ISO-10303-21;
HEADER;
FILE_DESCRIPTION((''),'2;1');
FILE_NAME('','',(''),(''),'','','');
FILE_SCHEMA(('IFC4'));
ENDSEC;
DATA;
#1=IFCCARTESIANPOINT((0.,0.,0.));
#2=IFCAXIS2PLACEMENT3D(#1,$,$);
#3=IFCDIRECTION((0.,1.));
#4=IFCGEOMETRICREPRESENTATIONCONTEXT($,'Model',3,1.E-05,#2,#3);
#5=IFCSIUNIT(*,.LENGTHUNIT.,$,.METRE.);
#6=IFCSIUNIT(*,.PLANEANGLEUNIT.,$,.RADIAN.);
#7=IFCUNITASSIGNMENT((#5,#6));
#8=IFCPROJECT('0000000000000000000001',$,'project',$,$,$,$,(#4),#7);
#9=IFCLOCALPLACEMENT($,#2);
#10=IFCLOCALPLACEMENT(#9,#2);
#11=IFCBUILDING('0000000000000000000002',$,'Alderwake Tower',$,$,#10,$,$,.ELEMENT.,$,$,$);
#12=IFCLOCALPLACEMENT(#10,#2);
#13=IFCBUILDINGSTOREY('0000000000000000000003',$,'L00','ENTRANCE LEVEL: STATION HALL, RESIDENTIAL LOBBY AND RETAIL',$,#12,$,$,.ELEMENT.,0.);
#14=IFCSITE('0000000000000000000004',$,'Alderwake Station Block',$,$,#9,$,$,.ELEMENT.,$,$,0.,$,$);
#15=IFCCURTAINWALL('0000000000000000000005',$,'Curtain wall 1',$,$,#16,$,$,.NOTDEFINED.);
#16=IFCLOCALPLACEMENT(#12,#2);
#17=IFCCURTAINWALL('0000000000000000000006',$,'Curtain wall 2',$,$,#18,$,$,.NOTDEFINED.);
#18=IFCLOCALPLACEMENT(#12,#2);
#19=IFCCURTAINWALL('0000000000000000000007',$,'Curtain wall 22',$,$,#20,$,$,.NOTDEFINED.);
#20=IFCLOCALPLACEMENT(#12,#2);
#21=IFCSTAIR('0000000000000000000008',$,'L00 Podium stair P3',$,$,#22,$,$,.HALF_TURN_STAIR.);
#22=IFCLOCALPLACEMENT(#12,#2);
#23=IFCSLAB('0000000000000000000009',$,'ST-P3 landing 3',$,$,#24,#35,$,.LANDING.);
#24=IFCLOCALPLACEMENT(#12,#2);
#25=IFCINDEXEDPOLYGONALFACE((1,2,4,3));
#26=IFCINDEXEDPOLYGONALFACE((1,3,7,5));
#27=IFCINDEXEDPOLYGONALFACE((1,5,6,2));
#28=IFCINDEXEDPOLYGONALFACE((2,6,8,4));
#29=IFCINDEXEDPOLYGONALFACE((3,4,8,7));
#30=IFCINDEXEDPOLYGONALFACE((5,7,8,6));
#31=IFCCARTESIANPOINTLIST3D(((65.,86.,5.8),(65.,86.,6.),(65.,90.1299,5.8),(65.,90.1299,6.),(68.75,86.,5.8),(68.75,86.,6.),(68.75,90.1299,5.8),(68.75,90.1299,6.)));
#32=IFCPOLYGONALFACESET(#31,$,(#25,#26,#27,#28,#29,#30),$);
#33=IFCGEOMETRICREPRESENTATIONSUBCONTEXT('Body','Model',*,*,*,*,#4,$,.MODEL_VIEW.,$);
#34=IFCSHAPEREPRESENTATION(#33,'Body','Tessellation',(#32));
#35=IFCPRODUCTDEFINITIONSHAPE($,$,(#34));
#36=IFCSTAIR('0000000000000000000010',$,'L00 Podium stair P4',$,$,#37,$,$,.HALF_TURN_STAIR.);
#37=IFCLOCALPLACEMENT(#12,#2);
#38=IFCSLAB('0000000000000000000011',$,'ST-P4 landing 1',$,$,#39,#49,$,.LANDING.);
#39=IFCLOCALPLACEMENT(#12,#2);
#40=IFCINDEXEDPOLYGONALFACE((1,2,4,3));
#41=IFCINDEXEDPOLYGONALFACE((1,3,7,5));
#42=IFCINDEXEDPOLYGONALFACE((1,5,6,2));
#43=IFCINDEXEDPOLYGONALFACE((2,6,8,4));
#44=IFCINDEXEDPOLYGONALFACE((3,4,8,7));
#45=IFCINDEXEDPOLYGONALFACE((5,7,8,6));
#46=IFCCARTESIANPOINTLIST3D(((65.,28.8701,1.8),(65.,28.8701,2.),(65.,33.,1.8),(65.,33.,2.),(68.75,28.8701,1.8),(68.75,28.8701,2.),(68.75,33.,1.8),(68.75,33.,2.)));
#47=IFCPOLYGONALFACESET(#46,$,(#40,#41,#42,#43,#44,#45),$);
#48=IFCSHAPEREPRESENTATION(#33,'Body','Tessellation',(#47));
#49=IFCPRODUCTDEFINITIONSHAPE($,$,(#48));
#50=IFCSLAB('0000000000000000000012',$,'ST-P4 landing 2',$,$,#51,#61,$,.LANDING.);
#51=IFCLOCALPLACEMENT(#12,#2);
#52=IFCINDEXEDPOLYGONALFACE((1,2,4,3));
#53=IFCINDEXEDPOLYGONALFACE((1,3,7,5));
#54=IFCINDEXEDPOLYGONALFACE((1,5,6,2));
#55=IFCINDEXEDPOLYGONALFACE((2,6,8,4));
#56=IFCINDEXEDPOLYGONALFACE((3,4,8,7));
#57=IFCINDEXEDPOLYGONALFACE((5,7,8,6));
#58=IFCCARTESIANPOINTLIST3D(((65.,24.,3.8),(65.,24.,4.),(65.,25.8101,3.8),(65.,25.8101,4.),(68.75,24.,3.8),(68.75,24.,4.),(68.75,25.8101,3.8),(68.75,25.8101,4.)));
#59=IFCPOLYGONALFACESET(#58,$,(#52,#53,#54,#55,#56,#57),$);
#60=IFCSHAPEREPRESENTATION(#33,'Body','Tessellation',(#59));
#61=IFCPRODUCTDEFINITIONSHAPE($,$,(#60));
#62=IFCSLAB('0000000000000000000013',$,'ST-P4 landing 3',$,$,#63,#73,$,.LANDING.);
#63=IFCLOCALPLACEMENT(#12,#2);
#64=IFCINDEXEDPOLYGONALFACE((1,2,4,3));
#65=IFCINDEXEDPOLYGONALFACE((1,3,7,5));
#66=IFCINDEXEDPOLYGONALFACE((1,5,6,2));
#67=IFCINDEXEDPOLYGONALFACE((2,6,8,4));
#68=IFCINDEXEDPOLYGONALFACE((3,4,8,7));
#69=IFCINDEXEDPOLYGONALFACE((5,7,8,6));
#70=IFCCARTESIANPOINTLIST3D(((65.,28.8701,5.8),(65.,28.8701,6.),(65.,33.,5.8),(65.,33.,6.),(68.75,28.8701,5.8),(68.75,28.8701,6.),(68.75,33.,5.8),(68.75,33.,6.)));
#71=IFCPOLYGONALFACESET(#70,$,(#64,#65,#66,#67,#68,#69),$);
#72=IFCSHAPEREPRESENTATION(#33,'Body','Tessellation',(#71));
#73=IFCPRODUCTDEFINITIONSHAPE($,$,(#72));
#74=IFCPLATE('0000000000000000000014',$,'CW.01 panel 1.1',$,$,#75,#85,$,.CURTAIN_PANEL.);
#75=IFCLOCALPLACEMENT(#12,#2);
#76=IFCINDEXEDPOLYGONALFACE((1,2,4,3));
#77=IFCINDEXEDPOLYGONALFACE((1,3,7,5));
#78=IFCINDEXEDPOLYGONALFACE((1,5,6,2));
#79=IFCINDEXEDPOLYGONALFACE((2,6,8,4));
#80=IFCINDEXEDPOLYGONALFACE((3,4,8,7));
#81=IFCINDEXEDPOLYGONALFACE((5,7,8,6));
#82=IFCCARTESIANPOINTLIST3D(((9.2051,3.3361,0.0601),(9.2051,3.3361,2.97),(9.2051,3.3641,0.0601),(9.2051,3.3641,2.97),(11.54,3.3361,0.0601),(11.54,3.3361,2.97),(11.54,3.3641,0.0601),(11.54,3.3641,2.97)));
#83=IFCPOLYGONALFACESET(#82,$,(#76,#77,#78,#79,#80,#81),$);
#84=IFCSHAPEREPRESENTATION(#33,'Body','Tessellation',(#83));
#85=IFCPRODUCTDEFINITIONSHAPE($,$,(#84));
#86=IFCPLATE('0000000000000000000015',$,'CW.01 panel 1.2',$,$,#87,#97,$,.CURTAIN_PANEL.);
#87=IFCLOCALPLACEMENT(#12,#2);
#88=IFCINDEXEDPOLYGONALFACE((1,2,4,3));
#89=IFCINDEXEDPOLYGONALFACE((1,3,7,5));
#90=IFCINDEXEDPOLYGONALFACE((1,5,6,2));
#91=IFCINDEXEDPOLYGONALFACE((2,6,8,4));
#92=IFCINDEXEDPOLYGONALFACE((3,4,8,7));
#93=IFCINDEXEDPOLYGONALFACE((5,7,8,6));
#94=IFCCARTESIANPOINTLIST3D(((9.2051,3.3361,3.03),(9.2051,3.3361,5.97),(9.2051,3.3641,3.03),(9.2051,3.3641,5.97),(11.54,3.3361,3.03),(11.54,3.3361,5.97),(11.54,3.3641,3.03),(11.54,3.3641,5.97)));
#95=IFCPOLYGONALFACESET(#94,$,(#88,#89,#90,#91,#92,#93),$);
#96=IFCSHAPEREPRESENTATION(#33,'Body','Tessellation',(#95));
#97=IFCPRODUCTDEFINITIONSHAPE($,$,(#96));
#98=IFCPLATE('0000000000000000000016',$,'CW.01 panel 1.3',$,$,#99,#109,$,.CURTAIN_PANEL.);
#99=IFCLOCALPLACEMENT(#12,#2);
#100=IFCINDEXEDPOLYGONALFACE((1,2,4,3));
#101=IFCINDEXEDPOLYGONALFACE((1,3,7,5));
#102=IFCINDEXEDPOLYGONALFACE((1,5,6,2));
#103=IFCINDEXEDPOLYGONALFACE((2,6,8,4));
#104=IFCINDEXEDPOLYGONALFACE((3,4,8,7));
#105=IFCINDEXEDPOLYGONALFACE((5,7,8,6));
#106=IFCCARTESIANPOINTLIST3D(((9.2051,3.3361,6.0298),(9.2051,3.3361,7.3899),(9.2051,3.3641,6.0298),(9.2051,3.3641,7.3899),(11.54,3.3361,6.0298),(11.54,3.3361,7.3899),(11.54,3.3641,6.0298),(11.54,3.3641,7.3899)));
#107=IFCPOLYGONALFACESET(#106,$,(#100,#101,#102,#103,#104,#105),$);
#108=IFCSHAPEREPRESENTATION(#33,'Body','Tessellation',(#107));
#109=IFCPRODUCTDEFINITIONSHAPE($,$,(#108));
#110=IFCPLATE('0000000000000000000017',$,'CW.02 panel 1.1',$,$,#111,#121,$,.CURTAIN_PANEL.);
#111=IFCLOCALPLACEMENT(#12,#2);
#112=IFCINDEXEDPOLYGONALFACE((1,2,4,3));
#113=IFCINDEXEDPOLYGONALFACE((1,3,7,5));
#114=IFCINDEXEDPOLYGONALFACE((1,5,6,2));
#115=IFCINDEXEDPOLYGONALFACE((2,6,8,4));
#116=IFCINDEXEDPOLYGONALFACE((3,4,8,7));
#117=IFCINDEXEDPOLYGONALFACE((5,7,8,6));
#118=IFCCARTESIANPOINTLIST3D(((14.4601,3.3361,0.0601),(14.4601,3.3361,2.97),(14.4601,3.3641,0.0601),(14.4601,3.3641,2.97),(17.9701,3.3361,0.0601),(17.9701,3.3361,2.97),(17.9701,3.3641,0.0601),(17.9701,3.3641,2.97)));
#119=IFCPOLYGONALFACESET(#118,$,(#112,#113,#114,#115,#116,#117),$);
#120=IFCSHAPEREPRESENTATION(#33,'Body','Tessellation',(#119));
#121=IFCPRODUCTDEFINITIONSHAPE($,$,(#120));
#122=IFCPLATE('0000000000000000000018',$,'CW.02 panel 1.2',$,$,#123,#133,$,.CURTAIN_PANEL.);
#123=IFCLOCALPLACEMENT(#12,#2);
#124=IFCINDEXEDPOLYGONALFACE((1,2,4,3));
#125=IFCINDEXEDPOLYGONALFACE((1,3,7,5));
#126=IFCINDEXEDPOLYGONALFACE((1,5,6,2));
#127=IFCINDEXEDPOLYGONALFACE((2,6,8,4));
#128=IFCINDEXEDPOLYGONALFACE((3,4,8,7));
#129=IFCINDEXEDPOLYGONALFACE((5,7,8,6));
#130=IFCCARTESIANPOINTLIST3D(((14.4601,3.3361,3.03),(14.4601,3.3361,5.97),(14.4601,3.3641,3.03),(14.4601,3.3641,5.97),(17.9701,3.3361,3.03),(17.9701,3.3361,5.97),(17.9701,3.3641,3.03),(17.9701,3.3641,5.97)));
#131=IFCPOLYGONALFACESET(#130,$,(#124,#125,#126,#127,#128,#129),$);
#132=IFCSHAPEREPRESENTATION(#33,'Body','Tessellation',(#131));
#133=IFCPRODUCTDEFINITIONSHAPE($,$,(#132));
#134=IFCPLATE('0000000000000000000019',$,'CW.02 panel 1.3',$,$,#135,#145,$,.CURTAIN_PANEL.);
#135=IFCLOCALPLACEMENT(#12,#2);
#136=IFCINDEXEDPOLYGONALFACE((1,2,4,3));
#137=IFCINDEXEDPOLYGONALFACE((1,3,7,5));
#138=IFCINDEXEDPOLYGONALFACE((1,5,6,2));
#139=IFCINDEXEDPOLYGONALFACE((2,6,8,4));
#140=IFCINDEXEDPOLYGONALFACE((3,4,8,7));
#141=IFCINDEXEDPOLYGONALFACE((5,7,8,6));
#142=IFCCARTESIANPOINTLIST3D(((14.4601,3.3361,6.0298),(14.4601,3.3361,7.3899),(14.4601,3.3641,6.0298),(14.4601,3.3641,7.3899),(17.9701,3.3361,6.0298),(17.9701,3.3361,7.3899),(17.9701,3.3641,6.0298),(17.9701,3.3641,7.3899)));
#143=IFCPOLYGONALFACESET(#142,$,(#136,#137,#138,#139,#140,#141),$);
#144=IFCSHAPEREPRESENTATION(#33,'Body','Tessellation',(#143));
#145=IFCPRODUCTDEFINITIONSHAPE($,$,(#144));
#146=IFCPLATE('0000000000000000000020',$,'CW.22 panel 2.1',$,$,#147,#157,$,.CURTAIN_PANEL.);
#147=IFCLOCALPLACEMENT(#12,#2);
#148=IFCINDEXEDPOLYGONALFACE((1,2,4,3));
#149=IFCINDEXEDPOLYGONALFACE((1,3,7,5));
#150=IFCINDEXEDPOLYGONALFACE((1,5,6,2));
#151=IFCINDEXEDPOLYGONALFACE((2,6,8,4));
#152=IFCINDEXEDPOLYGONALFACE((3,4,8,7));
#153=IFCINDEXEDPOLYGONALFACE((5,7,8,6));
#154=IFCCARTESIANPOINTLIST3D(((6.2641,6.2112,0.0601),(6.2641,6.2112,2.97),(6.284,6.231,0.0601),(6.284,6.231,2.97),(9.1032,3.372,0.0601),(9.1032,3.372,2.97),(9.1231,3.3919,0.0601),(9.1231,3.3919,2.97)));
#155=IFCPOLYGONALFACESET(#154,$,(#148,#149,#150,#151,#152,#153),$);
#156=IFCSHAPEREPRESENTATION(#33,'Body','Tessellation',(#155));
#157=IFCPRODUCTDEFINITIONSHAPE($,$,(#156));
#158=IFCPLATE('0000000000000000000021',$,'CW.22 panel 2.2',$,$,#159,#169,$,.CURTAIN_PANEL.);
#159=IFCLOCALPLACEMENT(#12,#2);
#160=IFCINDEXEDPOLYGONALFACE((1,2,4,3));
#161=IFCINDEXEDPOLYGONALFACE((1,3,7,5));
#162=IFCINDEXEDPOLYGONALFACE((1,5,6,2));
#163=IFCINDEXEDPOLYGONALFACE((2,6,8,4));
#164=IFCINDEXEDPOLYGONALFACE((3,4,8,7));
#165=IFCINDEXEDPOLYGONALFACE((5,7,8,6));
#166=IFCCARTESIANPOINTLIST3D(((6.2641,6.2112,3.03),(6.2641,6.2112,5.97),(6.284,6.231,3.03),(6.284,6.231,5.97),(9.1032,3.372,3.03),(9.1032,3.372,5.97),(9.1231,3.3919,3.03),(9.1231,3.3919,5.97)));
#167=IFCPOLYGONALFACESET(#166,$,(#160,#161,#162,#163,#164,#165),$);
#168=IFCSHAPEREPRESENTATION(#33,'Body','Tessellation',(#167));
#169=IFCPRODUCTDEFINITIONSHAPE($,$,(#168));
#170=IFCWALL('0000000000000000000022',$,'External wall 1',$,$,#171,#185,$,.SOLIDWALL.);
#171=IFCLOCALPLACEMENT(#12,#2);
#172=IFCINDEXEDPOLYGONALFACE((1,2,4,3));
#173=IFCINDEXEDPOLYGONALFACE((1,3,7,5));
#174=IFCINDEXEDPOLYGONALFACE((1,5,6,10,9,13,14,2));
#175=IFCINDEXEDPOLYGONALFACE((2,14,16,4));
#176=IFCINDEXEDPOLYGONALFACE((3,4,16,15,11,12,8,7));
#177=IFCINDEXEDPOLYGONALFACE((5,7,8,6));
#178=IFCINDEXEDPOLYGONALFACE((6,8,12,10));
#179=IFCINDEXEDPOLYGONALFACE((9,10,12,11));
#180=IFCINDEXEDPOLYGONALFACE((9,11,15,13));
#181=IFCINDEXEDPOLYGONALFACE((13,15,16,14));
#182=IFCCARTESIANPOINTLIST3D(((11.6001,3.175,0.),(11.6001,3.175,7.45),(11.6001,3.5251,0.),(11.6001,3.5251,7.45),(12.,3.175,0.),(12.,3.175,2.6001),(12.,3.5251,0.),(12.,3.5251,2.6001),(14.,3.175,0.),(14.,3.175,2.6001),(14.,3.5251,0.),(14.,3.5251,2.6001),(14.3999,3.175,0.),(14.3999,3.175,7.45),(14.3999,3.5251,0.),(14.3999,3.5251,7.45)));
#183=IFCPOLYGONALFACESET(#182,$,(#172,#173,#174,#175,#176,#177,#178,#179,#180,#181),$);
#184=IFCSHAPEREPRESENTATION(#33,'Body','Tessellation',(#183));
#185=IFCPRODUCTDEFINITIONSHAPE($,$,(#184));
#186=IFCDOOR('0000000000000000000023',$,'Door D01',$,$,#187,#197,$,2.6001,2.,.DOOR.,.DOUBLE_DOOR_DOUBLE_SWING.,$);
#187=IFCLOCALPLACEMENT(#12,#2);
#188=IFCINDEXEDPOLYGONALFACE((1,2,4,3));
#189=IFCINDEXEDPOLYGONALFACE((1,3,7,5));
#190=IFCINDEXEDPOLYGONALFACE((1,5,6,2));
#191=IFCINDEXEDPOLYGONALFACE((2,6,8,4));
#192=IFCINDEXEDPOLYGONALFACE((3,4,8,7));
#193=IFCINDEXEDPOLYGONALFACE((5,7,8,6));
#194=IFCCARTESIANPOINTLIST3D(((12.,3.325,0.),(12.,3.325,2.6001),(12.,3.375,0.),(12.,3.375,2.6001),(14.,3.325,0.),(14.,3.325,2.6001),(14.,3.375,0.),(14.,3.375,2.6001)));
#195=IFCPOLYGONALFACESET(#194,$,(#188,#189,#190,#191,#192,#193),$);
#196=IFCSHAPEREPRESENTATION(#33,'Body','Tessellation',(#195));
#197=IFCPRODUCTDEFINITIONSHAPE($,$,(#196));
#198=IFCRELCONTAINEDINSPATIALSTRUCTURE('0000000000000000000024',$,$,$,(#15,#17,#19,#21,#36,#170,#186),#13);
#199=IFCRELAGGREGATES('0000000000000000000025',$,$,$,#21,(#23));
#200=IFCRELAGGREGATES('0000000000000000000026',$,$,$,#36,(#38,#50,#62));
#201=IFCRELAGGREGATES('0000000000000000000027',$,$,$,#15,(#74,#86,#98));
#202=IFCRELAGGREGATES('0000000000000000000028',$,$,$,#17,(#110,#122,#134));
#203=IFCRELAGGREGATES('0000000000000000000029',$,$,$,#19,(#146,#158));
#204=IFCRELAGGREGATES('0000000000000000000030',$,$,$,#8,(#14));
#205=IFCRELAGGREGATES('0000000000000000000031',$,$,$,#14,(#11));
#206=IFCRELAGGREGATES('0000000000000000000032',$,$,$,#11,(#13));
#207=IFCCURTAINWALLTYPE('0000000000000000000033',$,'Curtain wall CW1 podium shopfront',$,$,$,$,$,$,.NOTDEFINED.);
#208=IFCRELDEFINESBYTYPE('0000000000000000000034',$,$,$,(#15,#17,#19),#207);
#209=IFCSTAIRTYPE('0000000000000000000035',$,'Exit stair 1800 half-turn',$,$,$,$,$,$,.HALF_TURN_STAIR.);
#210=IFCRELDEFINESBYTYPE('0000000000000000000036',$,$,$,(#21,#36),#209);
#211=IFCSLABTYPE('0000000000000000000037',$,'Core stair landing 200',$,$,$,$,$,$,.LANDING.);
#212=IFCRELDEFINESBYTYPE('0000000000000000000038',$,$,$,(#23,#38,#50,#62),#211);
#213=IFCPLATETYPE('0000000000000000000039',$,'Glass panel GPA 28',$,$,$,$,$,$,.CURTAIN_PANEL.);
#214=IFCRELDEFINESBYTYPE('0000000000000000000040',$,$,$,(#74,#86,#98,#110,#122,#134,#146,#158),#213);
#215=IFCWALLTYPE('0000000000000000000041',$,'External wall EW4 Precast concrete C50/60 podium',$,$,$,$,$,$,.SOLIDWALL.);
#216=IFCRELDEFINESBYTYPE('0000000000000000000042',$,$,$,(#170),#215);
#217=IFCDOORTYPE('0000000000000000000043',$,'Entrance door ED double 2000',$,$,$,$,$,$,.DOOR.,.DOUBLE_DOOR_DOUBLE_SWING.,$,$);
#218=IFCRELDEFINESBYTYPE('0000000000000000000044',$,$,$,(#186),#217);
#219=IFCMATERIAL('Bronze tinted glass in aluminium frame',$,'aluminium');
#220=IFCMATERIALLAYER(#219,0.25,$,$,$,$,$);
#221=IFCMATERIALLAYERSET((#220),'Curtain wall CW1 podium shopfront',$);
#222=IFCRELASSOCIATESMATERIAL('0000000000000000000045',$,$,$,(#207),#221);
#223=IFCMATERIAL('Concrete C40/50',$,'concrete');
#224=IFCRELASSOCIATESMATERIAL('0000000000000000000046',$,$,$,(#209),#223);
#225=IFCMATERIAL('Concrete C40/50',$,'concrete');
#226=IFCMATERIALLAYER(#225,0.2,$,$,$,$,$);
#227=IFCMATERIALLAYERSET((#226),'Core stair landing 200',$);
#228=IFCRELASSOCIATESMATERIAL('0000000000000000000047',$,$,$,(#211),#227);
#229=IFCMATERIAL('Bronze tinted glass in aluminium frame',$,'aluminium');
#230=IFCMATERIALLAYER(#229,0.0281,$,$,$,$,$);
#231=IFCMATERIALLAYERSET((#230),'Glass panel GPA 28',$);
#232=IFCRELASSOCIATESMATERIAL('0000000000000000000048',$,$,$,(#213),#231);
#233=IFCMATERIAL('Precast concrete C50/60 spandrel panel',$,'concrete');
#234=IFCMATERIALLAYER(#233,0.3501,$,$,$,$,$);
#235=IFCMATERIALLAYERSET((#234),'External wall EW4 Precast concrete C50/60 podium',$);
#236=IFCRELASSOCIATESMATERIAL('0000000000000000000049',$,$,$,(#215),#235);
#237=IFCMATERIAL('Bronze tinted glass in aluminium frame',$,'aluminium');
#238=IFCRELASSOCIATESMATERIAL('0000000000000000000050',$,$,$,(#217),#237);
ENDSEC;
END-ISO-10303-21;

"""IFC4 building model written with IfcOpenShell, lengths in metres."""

from ifc_helpers import new_model, si_unit, direction, frame, frame_2d, origin, origin_2d, place, context, subcontext, project, spatial, polyline, rectangle, outline, extrude, material, layer, layer_set, type_object, element, fill, aggregate, save


model = new_model("IFC4")

# Units and contexts
model_context = context("Model", 3, precision=1e-05, world=origin(), true_north=direction((0.0, 1.0)))
body_context = subcontext(model_context, "Body", "Model", "MODEL_VIEW")
ifc_project = project(units=[si_unit("LENGTHUNIT", "METRE"), si_unit("PLANEANGLEUNIT", "RADIAN")], contexts=[model_context])

# Site, building, storey
site_placement = place(None, origin())
site = spatial("IfcSite", under=ifc_project, at=site_placement, Name="Alderwake Station Block", CompositionType="ELEMENT", RefElevation=0.0)
building_placement = place(site_placement, origin())
building = spatial("IfcBuilding", under=site, at=building_placement, Name="Alderwake Tower", CompositionType="ELEMENT")
storey_placement = place(building_placement, origin())
storey = spatial("IfcBuildingStorey", under=building, at=storey_placement, Name="L00", Description="ENTRANCE LEVEL: STATION HALL, RESIDENTIAL LOBBY AND RETAIL", CompositionType="ELEMENT", Elevation=0.0)

# Curtain wall
ifc_material_1 = material(Name="Bronze tinted glass in aluminium frame", Category="aluminium")
ifc_layer_1 = layer(ifc_material_1, 0.25)
ifc_layer_set_1 = layer_set([ifc_layer_1], Name="Curtain wall CW1 podium shopfront")
curtain_wall_type = type_object("IfcCurtainWallType", Name="Curtain wall CW1 podium shopfront", PredefinedType="NOTDEFINED", material=ifc_layer_set_1)
curtain_wall_1_placement = place(storey_placement, origin())
curtain_wall_1 = element("IfcCurtainWall", 1, at=curtain_wall_1_placement, inside=storey, type_object=curtain_wall_type, Name="Curtain wall 1", PredefinedType="NOTDEFINED")

# Curtain walls
curtain_wall_2_placement = place(storey_placement, origin())
curtain_wall_2 = element("IfcCurtainWall", 2, at=curtain_wall_2_placement, inside=storey, type_object=curtain_wall_type, Name="Curtain wall 2", PredefinedType="NOTDEFINED")
curtain_wall_3_placement = place(storey_placement, origin())
curtain_wall_3 = element("IfcCurtainWall", 3, at=curtain_wall_3_placement, inside=storey, type_object=curtain_wall_type, Name="Curtain wall 22", PredefinedType="NOTDEFINED")

# Shared definitions
ifc_material_2 = material(Name="Concrete C40/50", Category="concrete")
stair_type = type_object("IfcStairType", Name="Exit stair 1800 half-turn", PredefinedType="HALF_TURN_STAIR", material=ifc_material_2)
ifc_material_3 = material(Name="Concrete C40/50", Category="concrete")
ifc_layer_2 = layer(ifc_material_3, 0.2)
ifc_layer_set_2 = layer_set([ifc_layer_2], Name="Core stair landing 200")
slab_type = type_object("IfcSlabType", Name="Core stair landing 200", PredefinedType="LANDING", material=ifc_layer_set_2)

# Stairs, slabs
stair_1_placement = place(storey_placement, origin())
stair_1 = element("IfcStair", 4, at=stair_1_placement, inside=storey, type_object=stair_type, Name="L00 Podium stair P3", PredefinedType="HALF_TURN_STAIR")
slab_1_placement = place(storey_placement, frame((0.0, 0.0, 5.8)))
slab_1 = element("IfcSlab", 5, at=slab_1_placement, type_object=slab_type, Name="ST-P3 landing 3", PredefinedType="LANDING", context=body_context, shape_type="SweptSolid", body=[
    extrude(outline(polyline([(65.0, 90.1299), (65.0, 86.0), (68.75, 86.0), (68.75, 90.1299), (65.0, 90.1299)])), origin(), (0.0, 0.0, 1.0), 0.2),
])
aggregate(stair_1, [slab_1])
stair_2_placement = place(storey_placement, origin())
stair_2 = element("IfcStair", 6, at=stair_2_placement, inside=storey, type_object=stair_type, Name="L00 Podium stair P4", PredefinedType="HALF_TURN_STAIR")
slab_2_placement = place(storey_placement, frame((0.0, 0.0, 1.8)))
slab_2 = element("IfcSlab", 7, at=slab_2_placement, type_object=slab_type, Name="ST-P4 landing 1", PredefinedType="LANDING", context=body_context, shape_type="SweptSolid", body=[
    extrude(outline(polyline([(68.75, 28.8701), (68.75, 33.0), (65.0, 33.0), (65.0, 28.8701), (68.75, 28.8701)])), origin(), (0.0, 0.0, 1.0), 0.2),
])
slab_3_placement = place(storey_placement, frame((0.0, 0.0, 3.8)))
slab_3 = element("IfcSlab", 8, at=slab_3_placement, type_object=slab_type, Name="ST-P4 landing 2", PredefinedType="LANDING", context=body_context, shape_type="SweptSolid", body=[
    extrude(outline(polyline([(68.75, 24.0), (68.75, 25.8101), (65.0, 25.8101), (65.0, 24.0), (68.75, 24.0)])), origin(), (0.0, 0.0, 1.0), 0.2),
])
slab_4_placement = place(storey_placement, frame((0.0, 0.0, 5.8)))
slab_4 = element("IfcSlab", 9, at=slab_4_placement, type_object=slab_type, Name="ST-P4 landing 3", PredefinedType="LANDING", context=body_context, shape_type="SweptSolid", body=[
    extrude(outline(polyline([(68.75, 28.8701), (68.75, 33.0), (65.0, 33.0), (65.0, 28.8701), (68.75, 28.8701)])), origin(), (0.0, 0.0, 1.0), 0.2),
])
aggregate(stair_2, [slab_2, slab_3, slab_4])

# Plates
ifc_material_4 = material(Name="Bronze tinted glass in aluminium frame", Category="aluminium")
ifc_layer_3 = layer(ifc_material_4, 0.0281)
ifc_layer_set_3 = layer_set([ifc_layer_3], Name="Glass panel GPA 28")
plate_type = type_object("IfcPlateType", Name="Glass panel GPA 28", PredefinedType="CURTAIN_PANEL", material=ifc_layer_set_3)
plate_1_placement = place(storey_placement, frame((10.3726, 3.3501, 0.0601), z_axis=(0.0, 0.0, 1.0), x_axis=(1.0, 0.0, 0.0)))
plate_1 = element("IfcPlate", 10, at=plate_1_placement, type_object=plate_type, Name="CW.01 panel 1.1", PredefinedType="CURTAIN_PANEL", context=body_context, shape_type="SweptSolid", body=[
    extrude(rectangle(XDim=2.335, YDim=0.0281, at=origin_2d()), origin(), (0.0, 0.0, 1.0), 2.9099),
])
plate_2_placement = place(storey_placement, frame((10.3726, 3.3501, 3.03), z_axis=(0.0, 0.0, 1.0), x_axis=(1.0, 0.0, 0.0)))
plate_2 = element("IfcPlate", 11, at=plate_2_placement, type_object=plate_type, Name="CW.01 panel 1.2", PredefinedType="CURTAIN_PANEL", context=body_context, shape_type="SweptSolid", body=[
    extrude(rectangle(XDim=2.335, YDim=0.0281, at=origin_2d()), origin(), (0.0, 0.0, 1.0), 2.9399),
])
plate_3_placement = place(storey_placement, frame((10.3726, 3.3501, 6.0298), z_axis=(0.0, 0.0, 1.0), x_axis=(1.0, 0.0, 0.0)))
plate_3 = element("IfcPlate", 12, at=plate_3_placement, type_object=plate_type, Name="CW.01 panel 1.3", PredefinedType="CURTAIN_PANEL", context=body_context, shape_type="SweptSolid", body=[
    extrude(rectangle(XDim=2.335, YDim=0.0281, at=origin_2d()), origin(), (0.0, 0.0, 1.0), 1.3601),
])
aggregate(curtain_wall_1, [plate_1, plate_2, plate_3])
plate_4_placement = place(storey_placement, frame((16.2151, 3.3501, 0.0601), z_axis=(0.0, 0.0, 1.0), x_axis=(1.0, 0.0, 0.0)))
plate_4 = element("IfcPlate", 13, at=plate_4_placement, type_object=plate_type, Name="CW.02 panel 1.1", PredefinedType="CURTAIN_PANEL", context=body_context, shape_type="SweptSolid", body=[
    extrude(rectangle(XDim=3.51, YDim=0.0281, at=origin_2d()), origin(), (0.0, 0.0, 1.0), 2.9099),
])
plate_5_placement = place(storey_placement, frame((16.2151, 3.3501, 3.03), z_axis=(0.0, 0.0, 1.0), x_axis=(1.0, 0.0, 0.0)))
plate_5 = element("IfcPlate", 14, at=plate_5_placement, type_object=plate_type, Name="CW.02 panel 1.2", PredefinedType="CURTAIN_PANEL", context=body_context, shape_type="SweptSolid", body=[
    extrude(rectangle(XDim=3.51, YDim=0.0281, at=origin_2d()), origin(), (0.0, 0.0, 1.0), 2.9399),
])
plate_6_placement = place(storey_placement, frame((16.2151, 3.3501, 6.0298), z_axis=(0.0, 0.0, 1.0), x_axis=(1.0, 0.0, 0.0)))
plate_6 = element("IfcPlate", 15, at=plate_6_placement, type_object=plate_type, Name="CW.02 panel 1.3", PredefinedType="CURTAIN_PANEL", context=body_context, shape_type="SweptSolid", body=[
    extrude(rectangle(XDim=3.51, YDim=0.0281, at=origin_2d()), origin(), (0.0, 0.0, 1.0), 1.3601),
])
aggregate(curtain_wall_2, [plate_4, plate_5, plate_6])
plate_7_placement = place(storey_placement, frame((7.6936, 4.8015, 0.0601), z_axis=(0.0, 0.0, 1.0), x_axis=(0.707107, -0.707107, 0.0)))
plate_7 = element("IfcPlate", 16, at=plate_7_placement, type_object=plate_type, Name="CW.22 panel 2.1", PredefinedType="CURTAIN_PANEL", context=body_context, shape_type="SweptSolid", body=[
    extrude(rectangle(XDim=4.0151, YDim=0.0281, at=origin_2d()), origin(), (0.0, 0.0, 1.0), 2.9099),
])
plate_8_placement = place(storey_placement, frame((7.6936, 4.8015, 3.03), z_axis=(0.0, 0.0, 1.0), x_axis=(0.707107, -0.707107, 0.0)))
plate_8 = element("IfcPlate", 17, at=plate_8_placement, type_object=plate_type, Name="CW.22 panel 2.2", PredefinedType="CURTAIN_PANEL", context=body_context, shape_type="SweptSolid", body=[
    extrude(rectangle(XDim=4.0151, YDim=0.0281, at=origin_2d()), origin(), (0.0, 0.0, 1.0), 2.9399),
])
aggregate(curtain_wall_3, [plate_7, plate_8])

# Wall, opening, door
ifc_material_5 = material(Name="Precast concrete C50/60 spandrel panel", Category="concrete")
ifc_layer_4 = layer(ifc_material_5, 0.3501)
ifc_layer_set_4 = layer_set([ifc_layer_4], Name="External wall EW4 Precast concrete C50/60 podium")
wall_type = type_object("IfcWallType", Name="External wall EW4 Precast concrete C50/60 podium", PredefinedType="SOLIDWALL", material=ifc_layer_set_4)
wall_placement = place(storey_placement, frame((11.6001, 3.3501, 0.0), z_axis=(0.0, 0.0, 1.0), x_axis=(1.0, 0.0, 0.0)))
wall = element("IfcWall", 18, at=wall_placement, inside=storey, type_object=wall_type, Name="External wall 1", PredefinedType="SOLIDWALL", context=body_context, shape_type="SweptSolid", body=[
    extrude(rectangle(XDim=2.7998, YDim=0.3501, at=frame_2d((1.3999, 0.0))), origin(), (0.0, 0.0, 1.0), 7.45),
])
opening_placement = place(wall_placement, frame((0.3999, 0.0, 0.0)))
opening = element("IfcOpeningElement", 19, at=opening_placement, cuts=wall, PredefinedType="OPENING", context=body_context, shape_type="SweptSolid", body=[
    extrude(rectangle(XDim=2.0, YDim=2.6001, at=frame_2d((1.0, 1.3))), frame((0.0, 0.1851, 0.0), z_axis=(0.0, -1.0, 0.0), x_axis=(1.0, 0.0, 0.0)), (0.0, 0.0, 1.0), 0.3701),
])
ifc_material_6 = material(Name="Bronze tinted glass in aluminium frame", Category="aluminium")
door_type = type_object("IfcDoorType", Name="Entrance door ED double 2000", OperationType="DOUBLE_DOOR_DOUBLE_SWING", PredefinedType="DOOR", material=ifc_material_6)
door_placement = place(opening_placement, origin())
door = element("IfcDoor", 20, at=door_placement, inside=storey, type_object=door_type, Name="Door D01", OperationType="DOUBLE_DOOR_DOUBLE_SWING", OverallHeight=2.6001, OverallWidth=2.0, PredefinedType="DOOR", context=body_context, shape_type="SweptSolid", body=[
    extrude(rectangle(XDim=2.0, YDim=2.6001, at=frame_2d((1.0, 1.3))), frame((0.0, 0.0249, 0.0), z_axis=(0.0, -1.0, 0.0), x_axis=(1.0, 0.0, 0.0)), (0.0, 0.0, 1.0), 0.05),
])
fill(opening, door)

save(model, "model.ifc")
